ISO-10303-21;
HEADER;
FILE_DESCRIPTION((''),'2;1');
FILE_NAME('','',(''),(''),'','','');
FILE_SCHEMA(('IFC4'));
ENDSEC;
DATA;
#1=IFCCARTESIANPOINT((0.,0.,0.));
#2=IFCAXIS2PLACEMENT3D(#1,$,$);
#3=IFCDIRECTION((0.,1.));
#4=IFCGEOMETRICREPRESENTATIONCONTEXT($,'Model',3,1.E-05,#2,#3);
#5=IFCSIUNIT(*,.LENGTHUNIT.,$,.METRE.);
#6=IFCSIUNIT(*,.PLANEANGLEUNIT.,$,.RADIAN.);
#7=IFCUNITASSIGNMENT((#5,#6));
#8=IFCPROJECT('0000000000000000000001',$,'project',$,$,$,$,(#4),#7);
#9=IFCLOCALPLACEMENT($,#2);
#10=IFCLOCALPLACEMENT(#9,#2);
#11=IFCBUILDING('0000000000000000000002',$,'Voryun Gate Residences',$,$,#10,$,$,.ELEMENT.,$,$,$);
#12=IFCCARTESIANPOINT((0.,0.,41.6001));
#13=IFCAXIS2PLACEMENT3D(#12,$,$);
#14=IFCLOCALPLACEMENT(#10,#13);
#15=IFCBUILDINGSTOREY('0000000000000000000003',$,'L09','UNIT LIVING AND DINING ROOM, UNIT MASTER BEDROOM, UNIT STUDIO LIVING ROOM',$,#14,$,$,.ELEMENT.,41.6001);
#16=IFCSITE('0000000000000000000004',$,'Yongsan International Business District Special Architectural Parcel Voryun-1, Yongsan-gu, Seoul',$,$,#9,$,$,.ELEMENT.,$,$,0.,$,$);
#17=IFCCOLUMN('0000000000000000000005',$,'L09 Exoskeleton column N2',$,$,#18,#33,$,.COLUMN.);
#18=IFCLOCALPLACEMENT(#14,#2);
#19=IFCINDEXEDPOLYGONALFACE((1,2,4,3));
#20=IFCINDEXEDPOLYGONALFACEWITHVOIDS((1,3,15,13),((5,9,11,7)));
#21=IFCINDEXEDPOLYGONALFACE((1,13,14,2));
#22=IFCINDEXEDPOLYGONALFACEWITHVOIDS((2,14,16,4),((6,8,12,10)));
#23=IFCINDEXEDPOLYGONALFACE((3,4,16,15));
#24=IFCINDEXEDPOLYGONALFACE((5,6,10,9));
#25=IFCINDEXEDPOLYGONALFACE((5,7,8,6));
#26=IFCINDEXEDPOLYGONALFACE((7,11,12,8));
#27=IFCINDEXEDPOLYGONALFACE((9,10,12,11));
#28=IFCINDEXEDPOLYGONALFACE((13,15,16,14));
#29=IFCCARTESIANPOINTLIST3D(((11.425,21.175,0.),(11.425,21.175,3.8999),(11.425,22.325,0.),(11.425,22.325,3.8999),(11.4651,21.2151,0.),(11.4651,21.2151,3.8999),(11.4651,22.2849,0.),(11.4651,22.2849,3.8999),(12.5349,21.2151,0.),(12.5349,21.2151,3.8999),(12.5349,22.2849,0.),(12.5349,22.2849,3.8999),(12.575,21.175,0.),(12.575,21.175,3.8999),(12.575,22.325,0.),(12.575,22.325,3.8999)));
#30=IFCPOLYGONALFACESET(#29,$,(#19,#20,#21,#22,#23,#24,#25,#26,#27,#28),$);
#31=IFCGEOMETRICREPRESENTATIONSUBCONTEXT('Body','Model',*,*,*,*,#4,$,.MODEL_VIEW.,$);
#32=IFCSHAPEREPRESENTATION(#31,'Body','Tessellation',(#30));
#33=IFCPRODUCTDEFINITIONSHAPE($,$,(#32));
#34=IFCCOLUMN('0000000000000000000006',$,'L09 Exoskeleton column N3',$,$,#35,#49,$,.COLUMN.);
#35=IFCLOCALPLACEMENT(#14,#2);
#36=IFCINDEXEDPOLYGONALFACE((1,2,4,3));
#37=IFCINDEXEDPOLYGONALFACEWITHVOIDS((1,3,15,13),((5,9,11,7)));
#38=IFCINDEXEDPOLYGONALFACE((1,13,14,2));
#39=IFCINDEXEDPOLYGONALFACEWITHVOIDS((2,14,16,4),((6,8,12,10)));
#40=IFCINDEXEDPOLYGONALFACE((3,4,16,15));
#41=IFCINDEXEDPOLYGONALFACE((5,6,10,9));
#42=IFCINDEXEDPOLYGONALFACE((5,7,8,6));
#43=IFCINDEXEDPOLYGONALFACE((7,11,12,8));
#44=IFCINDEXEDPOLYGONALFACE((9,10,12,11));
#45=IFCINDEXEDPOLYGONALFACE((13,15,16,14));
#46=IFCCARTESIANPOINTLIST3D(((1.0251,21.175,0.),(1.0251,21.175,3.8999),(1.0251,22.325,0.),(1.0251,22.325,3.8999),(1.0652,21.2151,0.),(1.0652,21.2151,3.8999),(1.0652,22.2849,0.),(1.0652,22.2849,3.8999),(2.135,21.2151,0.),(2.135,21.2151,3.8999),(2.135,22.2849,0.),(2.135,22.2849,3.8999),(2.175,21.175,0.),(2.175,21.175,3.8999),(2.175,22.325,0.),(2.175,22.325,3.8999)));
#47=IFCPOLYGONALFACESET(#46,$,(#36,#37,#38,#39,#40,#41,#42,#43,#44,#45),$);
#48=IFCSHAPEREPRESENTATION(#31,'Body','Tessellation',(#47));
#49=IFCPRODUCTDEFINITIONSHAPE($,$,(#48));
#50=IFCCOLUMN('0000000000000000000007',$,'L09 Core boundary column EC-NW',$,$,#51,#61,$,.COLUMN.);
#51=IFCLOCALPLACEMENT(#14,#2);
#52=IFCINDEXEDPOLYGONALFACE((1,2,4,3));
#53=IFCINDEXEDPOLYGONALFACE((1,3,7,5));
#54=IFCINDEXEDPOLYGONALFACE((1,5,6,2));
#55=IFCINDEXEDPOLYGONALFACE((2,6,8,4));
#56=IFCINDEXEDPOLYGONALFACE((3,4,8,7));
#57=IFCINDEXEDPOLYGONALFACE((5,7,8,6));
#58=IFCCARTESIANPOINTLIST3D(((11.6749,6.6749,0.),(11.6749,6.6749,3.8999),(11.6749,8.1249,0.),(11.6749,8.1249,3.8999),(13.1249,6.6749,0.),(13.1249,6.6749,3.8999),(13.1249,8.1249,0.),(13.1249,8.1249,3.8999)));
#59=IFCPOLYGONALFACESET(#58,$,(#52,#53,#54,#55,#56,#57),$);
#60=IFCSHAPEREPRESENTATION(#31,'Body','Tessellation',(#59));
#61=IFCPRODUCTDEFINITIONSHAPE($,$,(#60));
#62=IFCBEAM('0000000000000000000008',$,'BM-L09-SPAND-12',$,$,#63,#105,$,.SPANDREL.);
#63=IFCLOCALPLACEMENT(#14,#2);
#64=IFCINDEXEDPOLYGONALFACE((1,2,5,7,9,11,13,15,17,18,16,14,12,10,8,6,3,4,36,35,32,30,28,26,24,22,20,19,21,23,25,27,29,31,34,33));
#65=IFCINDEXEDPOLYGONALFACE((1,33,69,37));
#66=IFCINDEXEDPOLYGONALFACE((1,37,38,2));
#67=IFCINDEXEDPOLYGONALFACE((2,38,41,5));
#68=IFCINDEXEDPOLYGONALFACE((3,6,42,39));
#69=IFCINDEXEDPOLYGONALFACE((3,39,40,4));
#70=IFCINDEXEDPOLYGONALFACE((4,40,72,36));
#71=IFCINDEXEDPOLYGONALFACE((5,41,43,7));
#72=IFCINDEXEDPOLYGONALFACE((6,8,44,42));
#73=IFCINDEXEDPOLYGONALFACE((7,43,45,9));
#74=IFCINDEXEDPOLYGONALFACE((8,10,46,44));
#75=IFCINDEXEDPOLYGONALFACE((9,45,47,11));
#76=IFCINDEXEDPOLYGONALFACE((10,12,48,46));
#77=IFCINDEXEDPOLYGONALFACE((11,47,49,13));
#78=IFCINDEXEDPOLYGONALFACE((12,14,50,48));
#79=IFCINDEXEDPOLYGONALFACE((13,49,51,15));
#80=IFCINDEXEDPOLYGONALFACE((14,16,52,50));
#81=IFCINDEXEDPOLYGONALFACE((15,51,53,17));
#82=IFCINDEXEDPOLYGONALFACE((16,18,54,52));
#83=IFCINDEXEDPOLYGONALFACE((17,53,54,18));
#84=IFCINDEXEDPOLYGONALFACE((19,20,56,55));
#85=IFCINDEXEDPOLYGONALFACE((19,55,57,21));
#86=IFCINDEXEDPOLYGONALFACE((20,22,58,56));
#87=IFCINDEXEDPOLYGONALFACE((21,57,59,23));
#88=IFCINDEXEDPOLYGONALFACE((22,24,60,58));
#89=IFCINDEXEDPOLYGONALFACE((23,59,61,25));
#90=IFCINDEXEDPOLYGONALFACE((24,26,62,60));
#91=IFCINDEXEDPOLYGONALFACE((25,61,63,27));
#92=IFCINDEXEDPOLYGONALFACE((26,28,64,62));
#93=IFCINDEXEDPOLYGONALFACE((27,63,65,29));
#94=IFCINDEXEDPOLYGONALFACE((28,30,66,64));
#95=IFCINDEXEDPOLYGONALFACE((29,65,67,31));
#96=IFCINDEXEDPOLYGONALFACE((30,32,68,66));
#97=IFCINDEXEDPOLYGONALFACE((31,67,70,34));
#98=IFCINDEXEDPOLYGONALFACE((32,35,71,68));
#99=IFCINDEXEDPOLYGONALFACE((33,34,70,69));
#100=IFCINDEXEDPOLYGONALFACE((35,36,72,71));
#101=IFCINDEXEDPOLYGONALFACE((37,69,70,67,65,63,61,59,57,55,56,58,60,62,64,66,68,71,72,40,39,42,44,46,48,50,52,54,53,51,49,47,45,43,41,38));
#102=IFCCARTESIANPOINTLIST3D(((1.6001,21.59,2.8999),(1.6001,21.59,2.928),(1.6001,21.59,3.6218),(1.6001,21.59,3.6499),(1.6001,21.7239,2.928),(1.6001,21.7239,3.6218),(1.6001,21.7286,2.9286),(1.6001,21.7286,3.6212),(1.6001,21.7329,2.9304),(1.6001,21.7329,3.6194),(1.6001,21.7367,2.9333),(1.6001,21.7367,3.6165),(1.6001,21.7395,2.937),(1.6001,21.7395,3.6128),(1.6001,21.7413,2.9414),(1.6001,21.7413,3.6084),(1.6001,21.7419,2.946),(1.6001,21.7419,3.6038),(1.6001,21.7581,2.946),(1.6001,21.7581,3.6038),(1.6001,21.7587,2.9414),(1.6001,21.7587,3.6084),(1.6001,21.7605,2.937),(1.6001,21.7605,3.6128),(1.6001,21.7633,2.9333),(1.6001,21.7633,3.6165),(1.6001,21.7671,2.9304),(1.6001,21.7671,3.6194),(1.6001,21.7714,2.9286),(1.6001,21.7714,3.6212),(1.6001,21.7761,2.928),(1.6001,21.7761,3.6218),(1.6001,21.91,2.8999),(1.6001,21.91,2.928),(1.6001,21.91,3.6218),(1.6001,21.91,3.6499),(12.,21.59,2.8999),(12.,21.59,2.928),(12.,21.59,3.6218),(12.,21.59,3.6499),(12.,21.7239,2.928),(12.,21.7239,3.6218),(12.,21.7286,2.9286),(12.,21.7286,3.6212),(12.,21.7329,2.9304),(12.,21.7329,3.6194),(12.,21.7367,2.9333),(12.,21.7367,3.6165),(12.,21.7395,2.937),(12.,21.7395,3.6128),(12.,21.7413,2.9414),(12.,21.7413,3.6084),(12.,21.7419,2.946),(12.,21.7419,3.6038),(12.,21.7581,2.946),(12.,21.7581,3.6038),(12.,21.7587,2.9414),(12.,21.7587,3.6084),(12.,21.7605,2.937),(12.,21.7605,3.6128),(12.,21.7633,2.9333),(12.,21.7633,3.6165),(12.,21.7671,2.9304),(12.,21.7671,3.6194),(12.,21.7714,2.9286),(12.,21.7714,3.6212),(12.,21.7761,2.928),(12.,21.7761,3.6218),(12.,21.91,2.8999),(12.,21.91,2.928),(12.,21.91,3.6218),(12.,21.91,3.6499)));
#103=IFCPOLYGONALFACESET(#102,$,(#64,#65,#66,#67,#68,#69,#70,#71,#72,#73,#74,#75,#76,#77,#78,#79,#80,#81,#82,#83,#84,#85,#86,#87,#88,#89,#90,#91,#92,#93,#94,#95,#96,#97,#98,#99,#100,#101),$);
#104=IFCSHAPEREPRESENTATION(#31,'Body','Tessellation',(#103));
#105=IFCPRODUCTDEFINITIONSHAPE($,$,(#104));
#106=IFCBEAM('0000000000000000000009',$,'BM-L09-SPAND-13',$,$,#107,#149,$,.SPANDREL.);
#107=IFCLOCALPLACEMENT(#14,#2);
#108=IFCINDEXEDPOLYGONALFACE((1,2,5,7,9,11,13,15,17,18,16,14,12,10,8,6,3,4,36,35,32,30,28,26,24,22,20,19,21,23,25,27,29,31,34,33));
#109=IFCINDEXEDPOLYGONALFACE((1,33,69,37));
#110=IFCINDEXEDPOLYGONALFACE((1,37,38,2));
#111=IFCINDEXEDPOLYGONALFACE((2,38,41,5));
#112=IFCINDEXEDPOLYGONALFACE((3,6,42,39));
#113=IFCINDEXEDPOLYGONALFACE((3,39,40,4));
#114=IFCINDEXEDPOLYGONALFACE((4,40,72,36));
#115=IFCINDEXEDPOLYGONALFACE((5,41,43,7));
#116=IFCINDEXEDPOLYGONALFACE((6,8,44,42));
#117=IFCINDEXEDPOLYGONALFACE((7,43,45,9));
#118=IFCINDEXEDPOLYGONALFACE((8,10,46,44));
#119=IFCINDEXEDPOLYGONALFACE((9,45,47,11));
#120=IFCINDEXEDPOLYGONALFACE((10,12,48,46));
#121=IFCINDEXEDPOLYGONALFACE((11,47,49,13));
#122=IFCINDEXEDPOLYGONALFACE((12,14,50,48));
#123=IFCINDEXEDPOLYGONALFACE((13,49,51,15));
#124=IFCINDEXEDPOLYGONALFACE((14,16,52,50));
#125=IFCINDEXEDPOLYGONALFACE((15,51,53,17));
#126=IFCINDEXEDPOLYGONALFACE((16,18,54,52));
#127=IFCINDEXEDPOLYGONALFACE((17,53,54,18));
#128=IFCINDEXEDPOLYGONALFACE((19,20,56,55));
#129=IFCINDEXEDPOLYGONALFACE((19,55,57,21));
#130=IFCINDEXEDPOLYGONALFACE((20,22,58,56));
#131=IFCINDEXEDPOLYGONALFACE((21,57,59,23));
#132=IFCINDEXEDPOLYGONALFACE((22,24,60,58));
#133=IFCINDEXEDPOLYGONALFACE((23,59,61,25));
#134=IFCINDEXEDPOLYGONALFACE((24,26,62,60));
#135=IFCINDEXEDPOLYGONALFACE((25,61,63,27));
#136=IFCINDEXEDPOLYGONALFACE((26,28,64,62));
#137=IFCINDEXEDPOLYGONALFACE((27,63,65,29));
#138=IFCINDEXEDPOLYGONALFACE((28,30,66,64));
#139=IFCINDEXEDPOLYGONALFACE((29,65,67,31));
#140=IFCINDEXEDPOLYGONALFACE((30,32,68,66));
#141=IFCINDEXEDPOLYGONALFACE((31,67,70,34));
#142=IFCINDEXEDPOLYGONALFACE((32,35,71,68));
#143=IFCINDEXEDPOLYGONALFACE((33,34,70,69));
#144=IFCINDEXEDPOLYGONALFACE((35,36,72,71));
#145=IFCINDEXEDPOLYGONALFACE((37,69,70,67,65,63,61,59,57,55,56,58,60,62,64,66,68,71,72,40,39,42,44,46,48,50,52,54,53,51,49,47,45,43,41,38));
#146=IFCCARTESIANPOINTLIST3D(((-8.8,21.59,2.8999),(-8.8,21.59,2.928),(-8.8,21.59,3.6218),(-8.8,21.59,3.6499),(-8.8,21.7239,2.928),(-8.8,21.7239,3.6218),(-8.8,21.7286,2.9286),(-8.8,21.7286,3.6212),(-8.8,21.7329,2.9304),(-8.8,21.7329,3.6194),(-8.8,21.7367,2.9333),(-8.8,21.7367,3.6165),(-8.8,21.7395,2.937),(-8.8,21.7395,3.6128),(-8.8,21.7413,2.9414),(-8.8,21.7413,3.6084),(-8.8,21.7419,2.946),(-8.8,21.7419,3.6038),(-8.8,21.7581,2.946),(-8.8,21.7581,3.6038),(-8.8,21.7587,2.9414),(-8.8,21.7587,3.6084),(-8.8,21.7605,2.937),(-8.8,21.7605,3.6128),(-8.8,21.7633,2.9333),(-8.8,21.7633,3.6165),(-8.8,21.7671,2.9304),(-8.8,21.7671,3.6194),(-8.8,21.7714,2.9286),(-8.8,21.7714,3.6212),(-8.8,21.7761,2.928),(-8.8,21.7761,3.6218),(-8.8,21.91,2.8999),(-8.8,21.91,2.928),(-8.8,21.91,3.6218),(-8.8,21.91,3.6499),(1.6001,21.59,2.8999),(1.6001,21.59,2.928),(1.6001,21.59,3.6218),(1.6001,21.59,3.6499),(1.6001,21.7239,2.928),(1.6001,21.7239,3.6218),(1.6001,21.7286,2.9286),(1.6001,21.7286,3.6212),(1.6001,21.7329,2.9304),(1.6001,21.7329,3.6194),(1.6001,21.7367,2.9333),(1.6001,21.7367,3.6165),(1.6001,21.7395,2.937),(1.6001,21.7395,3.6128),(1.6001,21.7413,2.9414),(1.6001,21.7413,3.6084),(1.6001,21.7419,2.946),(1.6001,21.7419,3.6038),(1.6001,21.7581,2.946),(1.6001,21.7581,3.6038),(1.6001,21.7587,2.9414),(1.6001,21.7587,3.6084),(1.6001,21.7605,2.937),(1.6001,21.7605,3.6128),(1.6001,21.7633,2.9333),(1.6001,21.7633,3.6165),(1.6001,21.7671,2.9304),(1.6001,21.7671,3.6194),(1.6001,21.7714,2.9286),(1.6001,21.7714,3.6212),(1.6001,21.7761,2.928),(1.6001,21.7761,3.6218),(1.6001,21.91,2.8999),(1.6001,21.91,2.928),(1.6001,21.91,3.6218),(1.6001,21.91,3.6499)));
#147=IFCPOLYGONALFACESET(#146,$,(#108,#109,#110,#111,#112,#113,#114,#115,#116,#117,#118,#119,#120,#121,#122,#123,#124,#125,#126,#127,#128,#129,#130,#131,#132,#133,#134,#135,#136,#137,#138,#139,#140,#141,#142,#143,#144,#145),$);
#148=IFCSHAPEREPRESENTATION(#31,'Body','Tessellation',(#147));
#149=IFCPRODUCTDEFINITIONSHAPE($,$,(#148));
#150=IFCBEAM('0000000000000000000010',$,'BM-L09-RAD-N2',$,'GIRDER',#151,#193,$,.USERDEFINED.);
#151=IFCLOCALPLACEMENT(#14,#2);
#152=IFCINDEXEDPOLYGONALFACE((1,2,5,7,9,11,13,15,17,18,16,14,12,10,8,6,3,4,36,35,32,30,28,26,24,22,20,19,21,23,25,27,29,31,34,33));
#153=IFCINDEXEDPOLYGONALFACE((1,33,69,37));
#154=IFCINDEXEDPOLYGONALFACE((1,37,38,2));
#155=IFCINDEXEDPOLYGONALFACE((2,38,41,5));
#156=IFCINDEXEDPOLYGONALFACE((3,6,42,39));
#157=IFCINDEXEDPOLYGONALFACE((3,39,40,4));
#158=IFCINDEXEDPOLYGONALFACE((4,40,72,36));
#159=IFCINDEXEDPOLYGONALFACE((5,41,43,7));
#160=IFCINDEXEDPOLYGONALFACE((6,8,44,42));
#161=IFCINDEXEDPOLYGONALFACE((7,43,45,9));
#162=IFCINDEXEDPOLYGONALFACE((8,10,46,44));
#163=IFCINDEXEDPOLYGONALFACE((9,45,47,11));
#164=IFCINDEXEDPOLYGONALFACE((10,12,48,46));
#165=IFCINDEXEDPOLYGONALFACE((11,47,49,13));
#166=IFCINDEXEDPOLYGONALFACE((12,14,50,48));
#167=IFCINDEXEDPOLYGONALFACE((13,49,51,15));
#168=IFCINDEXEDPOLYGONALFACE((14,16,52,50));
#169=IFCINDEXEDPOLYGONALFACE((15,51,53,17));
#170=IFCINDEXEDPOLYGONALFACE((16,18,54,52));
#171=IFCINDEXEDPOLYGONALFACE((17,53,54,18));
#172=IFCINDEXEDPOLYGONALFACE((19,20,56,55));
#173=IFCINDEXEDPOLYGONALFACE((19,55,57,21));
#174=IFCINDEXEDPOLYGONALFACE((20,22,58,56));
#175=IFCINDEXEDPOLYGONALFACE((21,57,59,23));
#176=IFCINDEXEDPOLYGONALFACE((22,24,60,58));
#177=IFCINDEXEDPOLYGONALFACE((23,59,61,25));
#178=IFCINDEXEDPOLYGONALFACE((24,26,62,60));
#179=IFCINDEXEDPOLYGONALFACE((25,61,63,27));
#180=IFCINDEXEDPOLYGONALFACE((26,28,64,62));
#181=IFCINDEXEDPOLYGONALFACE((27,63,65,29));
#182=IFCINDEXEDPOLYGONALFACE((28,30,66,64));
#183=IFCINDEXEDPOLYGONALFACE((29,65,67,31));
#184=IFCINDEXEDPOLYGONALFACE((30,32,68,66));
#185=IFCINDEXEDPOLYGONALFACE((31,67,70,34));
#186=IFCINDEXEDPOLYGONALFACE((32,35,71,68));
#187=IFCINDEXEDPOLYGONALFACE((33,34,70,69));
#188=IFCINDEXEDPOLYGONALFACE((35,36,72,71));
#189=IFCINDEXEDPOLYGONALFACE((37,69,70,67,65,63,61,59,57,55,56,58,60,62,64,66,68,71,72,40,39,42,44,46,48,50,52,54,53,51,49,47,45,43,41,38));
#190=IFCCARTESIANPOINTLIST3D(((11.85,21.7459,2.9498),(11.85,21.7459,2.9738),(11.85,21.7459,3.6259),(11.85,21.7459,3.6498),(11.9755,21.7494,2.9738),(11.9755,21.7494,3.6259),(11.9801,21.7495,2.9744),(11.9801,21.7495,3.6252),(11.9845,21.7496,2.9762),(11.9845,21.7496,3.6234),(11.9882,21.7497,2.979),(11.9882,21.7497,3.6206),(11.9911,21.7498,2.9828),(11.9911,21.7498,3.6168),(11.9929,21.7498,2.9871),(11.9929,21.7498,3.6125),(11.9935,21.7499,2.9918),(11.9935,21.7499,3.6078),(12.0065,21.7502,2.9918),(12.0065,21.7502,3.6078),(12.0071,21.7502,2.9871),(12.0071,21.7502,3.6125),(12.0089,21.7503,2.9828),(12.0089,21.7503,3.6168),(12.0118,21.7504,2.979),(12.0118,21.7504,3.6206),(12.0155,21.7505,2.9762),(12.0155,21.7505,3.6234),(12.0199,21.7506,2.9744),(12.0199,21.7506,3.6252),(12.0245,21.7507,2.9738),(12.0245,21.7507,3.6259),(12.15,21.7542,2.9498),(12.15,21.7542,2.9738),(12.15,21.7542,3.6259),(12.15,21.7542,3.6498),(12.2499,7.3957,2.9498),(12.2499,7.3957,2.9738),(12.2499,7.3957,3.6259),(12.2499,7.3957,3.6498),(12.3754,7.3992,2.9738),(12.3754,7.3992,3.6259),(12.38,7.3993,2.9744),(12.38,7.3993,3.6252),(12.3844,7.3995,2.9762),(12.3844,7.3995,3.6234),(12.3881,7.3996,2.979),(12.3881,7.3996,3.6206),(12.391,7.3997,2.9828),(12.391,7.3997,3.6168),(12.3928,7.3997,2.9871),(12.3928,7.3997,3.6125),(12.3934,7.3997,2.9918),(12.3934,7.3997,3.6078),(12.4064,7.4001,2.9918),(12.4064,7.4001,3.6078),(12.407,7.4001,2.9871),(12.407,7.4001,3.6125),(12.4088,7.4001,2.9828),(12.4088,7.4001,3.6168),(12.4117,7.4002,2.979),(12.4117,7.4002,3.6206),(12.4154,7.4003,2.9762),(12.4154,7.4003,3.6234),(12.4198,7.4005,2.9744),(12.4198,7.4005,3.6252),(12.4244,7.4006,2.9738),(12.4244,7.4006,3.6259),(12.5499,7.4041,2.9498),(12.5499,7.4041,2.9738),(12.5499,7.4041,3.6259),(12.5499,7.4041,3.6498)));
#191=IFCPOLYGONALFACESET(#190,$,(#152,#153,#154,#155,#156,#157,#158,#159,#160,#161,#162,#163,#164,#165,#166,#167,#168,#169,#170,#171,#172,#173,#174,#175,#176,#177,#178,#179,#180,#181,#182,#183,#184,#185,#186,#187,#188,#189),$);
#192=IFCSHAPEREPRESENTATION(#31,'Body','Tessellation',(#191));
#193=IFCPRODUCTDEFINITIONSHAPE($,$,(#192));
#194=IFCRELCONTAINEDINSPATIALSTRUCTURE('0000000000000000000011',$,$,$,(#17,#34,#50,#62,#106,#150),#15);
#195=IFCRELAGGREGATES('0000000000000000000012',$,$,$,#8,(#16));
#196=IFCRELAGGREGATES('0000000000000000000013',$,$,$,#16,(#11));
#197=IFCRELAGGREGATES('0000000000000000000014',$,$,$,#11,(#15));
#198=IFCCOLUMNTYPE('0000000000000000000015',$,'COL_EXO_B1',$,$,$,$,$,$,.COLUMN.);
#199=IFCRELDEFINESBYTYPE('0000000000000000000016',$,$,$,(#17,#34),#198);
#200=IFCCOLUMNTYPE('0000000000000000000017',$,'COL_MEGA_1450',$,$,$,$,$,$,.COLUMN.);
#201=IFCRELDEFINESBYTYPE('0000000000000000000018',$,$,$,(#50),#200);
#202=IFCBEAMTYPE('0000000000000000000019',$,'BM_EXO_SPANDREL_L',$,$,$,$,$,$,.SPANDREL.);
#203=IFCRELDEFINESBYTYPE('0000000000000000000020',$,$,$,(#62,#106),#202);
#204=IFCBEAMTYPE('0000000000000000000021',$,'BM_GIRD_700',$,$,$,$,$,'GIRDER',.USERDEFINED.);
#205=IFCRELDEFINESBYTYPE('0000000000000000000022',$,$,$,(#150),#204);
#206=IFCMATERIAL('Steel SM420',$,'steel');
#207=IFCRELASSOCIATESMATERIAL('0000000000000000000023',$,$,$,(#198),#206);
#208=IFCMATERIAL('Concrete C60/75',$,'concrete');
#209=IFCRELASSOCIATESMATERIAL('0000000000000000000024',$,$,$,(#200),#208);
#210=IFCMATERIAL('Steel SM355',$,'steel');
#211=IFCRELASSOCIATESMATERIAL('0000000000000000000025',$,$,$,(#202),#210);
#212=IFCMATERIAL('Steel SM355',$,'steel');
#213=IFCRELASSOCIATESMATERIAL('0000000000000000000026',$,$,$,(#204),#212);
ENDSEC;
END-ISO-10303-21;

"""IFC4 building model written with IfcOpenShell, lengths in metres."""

from ifc_helpers import new_model, si_unit, direction, frame, origin, origin_2d, place, context, subcontext, project, spatial, rectangle, hollow_rectangle, i_section, extrude, material, material_profile, profile_set, type_object, element, save


model = new_model("IFC4")

# Units and contexts
model_context = context("Model", 3, precision=1e-05, world=origin(), true_north=direction((0.0, 1.0)))
body_context = subcontext(model_context, "Body", "Model", "MODEL_VIEW")
ifc_project = project(units=[si_unit("LENGTHUNIT", "METRE"), si_unit("PLANEANGLEUNIT", "RADIAN")], contexts=[model_context])

# Site, building, storey
site_placement = place(None, origin())
site = spatial("IfcSite", under=ifc_project, at=site_placement, Name="Yongsan International Business District Special Architectural Parcel Voryun-1, Yongsan-gu, Seoul", CompositionType="ELEMENT", RefElevation=0.0)
building_placement = place(site_placement, origin())
building = spatial("IfcBuilding", under=site, at=building_placement, Name="Voryun Gate Residences", CompositionType="ELEMENT")
storey_placement = place(building_placement, frame((0.0, 0.0, 41.6001)))
storey = spatial("IfcBuildingStorey", under=building, at=storey_placement, Name="L09", Description="UNIT LIVING AND DINING ROOM, UNIT MASTER BEDROOM, UNIT STUDIO LIVING ROOM", CompositionType="ELEMENT", Elevation=41.6001)

# Columns
ifc_material_1 = material(Name="Steel SM420", Category="steel")
ifc_material_profile_1 = material_profile(ifc_material_1, hollow_rectangle(XDim=1.1499, YDim=1.1499, WallThickness=0.04, at=origin_2d()), Name="BOX-1150x1150x40")
ifc_profile_set_1 = profile_set([ifc_material_profile_1], Name="Steel SM420")
column_type_1 = type_object("IfcColumnType", Name="COL_EXO_B1", PredefinedType="COLUMN", material=ifc_profile_set_1)
for number, where, z_axis, x_axis, name in (
    (1, (12.0, 21.75, 0.0), (0.0, 0.0, 1.0), (1.0, 0.0, 0.0), "L09 Exoskeleton column N2"),
    (2, (1.6001, 21.75, 0.0), (0.0, 0.0, 1.0), (1.0, 0.0, 0.0), "L09 Exoskeleton column N3"),
):
    element("IfcColumn", number, at=place(storey_placement, frame(where, z_axis=z_axis, x_axis=x_axis)), inside=storey, type_object=column_type_1, Name=name, PredefinedType="COLUMN", context=body_context, shape_type="SweptSolid", body=[
        extrude(hollow_rectangle(XDim=1.1499, YDim=1.1499, WallThickness=0.04, at=origin_2d()), origin(), (0.0, 0.0, 1.0), 3.8999),
    ])
ifc_material_2 = material(Name="Concrete C60/75", Category="concrete")
ifc_material_profile_2 = material_profile(ifc_material_2, rectangle(XDim=1.45, YDim=1.45, at=origin_2d()), Name="RC-1450x1450")
ifc_profile_set_2 = profile_set([ifc_material_profile_2], Name="Concrete C60/75")
column_type_2 = type_object("IfcColumnType", Name="COL_MEGA_1450", PredefinedType="COLUMN", material=ifc_profile_set_2)
column_placement = place(storey_placement, frame((12.3999, 7.3999, 0.0), z_axis=(0.0, 0.0, 1.0), x_axis=(1.0, 0.0, 0.0)))
element("IfcColumn", 3, at=column_placement, inside=storey, type_object=column_type_2, Name="L09 Core boundary column EC-NW", PredefinedType="COLUMN", context=body_context, shape_type="SweptSolid", body=[
    extrude(rectangle(XDim=1.45, YDim=1.45, at=origin_2d()), origin(), (0.0, 0.0, 1.0), 3.8999),
])

# Beams
ifc_material_3 = material(Name="Steel SM355", Category="steel")
ifc_material_profile_3 = material_profile(ifc_material_3, i_section(OverallWidth=0.3201, OverallDepth=0.75, WebThickness=0.0161, FlangeThickness=0.0281, FilletRadius=0.0181, at=origin_2d()), Name="H-750x320x16x28")
ifc_profile_set_3 = profile_set([ifc_material_profile_3], Name="Steel SM355")
beam_type_1 = type_object("IfcBeamType", Name="BM_EXO_SPANDREL_L", PredefinedType="SPANDREL", material=ifc_profile_set_3)
beam_1_placement = place(storey_placement, frame((12.0, 21.75, 3.2749), z_axis=(-1.0, 0.0, 0.0), x_axis=(0.0, -1.0, 0.0)))
element("IfcBeam", 4, at=beam_1_placement, inside=storey, type_object=beam_type_1, Name="BM-L09-SPAND-12", PredefinedType="SPANDREL", context=body_context, shape_type="SweptSolid", body=[
    extrude(i_section(OverallWidth=0.3201, OverallDepth=0.75, WebThickness=0.0161, FlangeThickness=0.0281, FilletRadius=0.0181, at=origin_2d()), origin(), (0.0, 0.0, 1.0), 10.3999),
])
beam_2_placement = place(storey_placement, frame((1.6001, 21.75, 3.2749), z_axis=(-1.0, 0.0, 0.0), x_axis=(0.0, -1.0, 0.0)))
element("IfcBeam", 5, at=beam_2_placement, inside=storey, type_object=beam_type_1, Name="BM-L09-SPAND-13", PredefinedType="SPANDREL", context=body_context, shape_type="SweptSolid", body=[
    extrude(i_section(OverallWidth=0.3201, OverallDepth=0.75, WebThickness=0.0161, FlangeThickness=0.0281, FilletRadius=0.0181, at=origin_2d()), origin(), (0.0, 0.0, 1.0), 10.4001),
])
ifc_material_4 = material(Name="Steel SM355", Category="steel")
ifc_material_profile_4 = material_profile(ifc_material_4, i_section(OverallWidth=0.3, OverallDepth=0.7, WebThickness=0.0129, FlangeThickness=0.0239, FilletRadius=0.0181, at=origin_2d()), Name="H-700x300x13x24")
ifc_profile_set_4 = profile_set([ifc_material_profile_4], Name="Steel SM355")
beam_type_2 = type_object("IfcBeamType", Name="BM_GIRD_700", ElementType="GIRDER", PredefinedType="USERDEFINED", material=ifc_profile_set_4)
beam_3_placement = place(storey_placement, frame((12.3999, 7.3999, 3.2998), z_axis=(-0.027857, 0.999612, 0.0), x_axis=(-0.999612, -0.027857, 0.0)))
element("IfcBeam", 6, at=beam_3_placement, inside=storey, type_object=beam_type_2, Name="BM-L09-RAD-N2", ObjectType="GIRDER", PredefinedType="USERDEFINED", context=body_context, shape_type="SweptSolid", body=[
    extrude(i_section(OverallWidth=0.3, OverallDepth=0.7, WebThickness=0.0129, FlangeThickness=0.0239, FilletRadius=0.0181, at=origin_2d()), origin(), (0.0, 0.0, 1.0), 14.3557),
])

save(model, "model.ifc")
